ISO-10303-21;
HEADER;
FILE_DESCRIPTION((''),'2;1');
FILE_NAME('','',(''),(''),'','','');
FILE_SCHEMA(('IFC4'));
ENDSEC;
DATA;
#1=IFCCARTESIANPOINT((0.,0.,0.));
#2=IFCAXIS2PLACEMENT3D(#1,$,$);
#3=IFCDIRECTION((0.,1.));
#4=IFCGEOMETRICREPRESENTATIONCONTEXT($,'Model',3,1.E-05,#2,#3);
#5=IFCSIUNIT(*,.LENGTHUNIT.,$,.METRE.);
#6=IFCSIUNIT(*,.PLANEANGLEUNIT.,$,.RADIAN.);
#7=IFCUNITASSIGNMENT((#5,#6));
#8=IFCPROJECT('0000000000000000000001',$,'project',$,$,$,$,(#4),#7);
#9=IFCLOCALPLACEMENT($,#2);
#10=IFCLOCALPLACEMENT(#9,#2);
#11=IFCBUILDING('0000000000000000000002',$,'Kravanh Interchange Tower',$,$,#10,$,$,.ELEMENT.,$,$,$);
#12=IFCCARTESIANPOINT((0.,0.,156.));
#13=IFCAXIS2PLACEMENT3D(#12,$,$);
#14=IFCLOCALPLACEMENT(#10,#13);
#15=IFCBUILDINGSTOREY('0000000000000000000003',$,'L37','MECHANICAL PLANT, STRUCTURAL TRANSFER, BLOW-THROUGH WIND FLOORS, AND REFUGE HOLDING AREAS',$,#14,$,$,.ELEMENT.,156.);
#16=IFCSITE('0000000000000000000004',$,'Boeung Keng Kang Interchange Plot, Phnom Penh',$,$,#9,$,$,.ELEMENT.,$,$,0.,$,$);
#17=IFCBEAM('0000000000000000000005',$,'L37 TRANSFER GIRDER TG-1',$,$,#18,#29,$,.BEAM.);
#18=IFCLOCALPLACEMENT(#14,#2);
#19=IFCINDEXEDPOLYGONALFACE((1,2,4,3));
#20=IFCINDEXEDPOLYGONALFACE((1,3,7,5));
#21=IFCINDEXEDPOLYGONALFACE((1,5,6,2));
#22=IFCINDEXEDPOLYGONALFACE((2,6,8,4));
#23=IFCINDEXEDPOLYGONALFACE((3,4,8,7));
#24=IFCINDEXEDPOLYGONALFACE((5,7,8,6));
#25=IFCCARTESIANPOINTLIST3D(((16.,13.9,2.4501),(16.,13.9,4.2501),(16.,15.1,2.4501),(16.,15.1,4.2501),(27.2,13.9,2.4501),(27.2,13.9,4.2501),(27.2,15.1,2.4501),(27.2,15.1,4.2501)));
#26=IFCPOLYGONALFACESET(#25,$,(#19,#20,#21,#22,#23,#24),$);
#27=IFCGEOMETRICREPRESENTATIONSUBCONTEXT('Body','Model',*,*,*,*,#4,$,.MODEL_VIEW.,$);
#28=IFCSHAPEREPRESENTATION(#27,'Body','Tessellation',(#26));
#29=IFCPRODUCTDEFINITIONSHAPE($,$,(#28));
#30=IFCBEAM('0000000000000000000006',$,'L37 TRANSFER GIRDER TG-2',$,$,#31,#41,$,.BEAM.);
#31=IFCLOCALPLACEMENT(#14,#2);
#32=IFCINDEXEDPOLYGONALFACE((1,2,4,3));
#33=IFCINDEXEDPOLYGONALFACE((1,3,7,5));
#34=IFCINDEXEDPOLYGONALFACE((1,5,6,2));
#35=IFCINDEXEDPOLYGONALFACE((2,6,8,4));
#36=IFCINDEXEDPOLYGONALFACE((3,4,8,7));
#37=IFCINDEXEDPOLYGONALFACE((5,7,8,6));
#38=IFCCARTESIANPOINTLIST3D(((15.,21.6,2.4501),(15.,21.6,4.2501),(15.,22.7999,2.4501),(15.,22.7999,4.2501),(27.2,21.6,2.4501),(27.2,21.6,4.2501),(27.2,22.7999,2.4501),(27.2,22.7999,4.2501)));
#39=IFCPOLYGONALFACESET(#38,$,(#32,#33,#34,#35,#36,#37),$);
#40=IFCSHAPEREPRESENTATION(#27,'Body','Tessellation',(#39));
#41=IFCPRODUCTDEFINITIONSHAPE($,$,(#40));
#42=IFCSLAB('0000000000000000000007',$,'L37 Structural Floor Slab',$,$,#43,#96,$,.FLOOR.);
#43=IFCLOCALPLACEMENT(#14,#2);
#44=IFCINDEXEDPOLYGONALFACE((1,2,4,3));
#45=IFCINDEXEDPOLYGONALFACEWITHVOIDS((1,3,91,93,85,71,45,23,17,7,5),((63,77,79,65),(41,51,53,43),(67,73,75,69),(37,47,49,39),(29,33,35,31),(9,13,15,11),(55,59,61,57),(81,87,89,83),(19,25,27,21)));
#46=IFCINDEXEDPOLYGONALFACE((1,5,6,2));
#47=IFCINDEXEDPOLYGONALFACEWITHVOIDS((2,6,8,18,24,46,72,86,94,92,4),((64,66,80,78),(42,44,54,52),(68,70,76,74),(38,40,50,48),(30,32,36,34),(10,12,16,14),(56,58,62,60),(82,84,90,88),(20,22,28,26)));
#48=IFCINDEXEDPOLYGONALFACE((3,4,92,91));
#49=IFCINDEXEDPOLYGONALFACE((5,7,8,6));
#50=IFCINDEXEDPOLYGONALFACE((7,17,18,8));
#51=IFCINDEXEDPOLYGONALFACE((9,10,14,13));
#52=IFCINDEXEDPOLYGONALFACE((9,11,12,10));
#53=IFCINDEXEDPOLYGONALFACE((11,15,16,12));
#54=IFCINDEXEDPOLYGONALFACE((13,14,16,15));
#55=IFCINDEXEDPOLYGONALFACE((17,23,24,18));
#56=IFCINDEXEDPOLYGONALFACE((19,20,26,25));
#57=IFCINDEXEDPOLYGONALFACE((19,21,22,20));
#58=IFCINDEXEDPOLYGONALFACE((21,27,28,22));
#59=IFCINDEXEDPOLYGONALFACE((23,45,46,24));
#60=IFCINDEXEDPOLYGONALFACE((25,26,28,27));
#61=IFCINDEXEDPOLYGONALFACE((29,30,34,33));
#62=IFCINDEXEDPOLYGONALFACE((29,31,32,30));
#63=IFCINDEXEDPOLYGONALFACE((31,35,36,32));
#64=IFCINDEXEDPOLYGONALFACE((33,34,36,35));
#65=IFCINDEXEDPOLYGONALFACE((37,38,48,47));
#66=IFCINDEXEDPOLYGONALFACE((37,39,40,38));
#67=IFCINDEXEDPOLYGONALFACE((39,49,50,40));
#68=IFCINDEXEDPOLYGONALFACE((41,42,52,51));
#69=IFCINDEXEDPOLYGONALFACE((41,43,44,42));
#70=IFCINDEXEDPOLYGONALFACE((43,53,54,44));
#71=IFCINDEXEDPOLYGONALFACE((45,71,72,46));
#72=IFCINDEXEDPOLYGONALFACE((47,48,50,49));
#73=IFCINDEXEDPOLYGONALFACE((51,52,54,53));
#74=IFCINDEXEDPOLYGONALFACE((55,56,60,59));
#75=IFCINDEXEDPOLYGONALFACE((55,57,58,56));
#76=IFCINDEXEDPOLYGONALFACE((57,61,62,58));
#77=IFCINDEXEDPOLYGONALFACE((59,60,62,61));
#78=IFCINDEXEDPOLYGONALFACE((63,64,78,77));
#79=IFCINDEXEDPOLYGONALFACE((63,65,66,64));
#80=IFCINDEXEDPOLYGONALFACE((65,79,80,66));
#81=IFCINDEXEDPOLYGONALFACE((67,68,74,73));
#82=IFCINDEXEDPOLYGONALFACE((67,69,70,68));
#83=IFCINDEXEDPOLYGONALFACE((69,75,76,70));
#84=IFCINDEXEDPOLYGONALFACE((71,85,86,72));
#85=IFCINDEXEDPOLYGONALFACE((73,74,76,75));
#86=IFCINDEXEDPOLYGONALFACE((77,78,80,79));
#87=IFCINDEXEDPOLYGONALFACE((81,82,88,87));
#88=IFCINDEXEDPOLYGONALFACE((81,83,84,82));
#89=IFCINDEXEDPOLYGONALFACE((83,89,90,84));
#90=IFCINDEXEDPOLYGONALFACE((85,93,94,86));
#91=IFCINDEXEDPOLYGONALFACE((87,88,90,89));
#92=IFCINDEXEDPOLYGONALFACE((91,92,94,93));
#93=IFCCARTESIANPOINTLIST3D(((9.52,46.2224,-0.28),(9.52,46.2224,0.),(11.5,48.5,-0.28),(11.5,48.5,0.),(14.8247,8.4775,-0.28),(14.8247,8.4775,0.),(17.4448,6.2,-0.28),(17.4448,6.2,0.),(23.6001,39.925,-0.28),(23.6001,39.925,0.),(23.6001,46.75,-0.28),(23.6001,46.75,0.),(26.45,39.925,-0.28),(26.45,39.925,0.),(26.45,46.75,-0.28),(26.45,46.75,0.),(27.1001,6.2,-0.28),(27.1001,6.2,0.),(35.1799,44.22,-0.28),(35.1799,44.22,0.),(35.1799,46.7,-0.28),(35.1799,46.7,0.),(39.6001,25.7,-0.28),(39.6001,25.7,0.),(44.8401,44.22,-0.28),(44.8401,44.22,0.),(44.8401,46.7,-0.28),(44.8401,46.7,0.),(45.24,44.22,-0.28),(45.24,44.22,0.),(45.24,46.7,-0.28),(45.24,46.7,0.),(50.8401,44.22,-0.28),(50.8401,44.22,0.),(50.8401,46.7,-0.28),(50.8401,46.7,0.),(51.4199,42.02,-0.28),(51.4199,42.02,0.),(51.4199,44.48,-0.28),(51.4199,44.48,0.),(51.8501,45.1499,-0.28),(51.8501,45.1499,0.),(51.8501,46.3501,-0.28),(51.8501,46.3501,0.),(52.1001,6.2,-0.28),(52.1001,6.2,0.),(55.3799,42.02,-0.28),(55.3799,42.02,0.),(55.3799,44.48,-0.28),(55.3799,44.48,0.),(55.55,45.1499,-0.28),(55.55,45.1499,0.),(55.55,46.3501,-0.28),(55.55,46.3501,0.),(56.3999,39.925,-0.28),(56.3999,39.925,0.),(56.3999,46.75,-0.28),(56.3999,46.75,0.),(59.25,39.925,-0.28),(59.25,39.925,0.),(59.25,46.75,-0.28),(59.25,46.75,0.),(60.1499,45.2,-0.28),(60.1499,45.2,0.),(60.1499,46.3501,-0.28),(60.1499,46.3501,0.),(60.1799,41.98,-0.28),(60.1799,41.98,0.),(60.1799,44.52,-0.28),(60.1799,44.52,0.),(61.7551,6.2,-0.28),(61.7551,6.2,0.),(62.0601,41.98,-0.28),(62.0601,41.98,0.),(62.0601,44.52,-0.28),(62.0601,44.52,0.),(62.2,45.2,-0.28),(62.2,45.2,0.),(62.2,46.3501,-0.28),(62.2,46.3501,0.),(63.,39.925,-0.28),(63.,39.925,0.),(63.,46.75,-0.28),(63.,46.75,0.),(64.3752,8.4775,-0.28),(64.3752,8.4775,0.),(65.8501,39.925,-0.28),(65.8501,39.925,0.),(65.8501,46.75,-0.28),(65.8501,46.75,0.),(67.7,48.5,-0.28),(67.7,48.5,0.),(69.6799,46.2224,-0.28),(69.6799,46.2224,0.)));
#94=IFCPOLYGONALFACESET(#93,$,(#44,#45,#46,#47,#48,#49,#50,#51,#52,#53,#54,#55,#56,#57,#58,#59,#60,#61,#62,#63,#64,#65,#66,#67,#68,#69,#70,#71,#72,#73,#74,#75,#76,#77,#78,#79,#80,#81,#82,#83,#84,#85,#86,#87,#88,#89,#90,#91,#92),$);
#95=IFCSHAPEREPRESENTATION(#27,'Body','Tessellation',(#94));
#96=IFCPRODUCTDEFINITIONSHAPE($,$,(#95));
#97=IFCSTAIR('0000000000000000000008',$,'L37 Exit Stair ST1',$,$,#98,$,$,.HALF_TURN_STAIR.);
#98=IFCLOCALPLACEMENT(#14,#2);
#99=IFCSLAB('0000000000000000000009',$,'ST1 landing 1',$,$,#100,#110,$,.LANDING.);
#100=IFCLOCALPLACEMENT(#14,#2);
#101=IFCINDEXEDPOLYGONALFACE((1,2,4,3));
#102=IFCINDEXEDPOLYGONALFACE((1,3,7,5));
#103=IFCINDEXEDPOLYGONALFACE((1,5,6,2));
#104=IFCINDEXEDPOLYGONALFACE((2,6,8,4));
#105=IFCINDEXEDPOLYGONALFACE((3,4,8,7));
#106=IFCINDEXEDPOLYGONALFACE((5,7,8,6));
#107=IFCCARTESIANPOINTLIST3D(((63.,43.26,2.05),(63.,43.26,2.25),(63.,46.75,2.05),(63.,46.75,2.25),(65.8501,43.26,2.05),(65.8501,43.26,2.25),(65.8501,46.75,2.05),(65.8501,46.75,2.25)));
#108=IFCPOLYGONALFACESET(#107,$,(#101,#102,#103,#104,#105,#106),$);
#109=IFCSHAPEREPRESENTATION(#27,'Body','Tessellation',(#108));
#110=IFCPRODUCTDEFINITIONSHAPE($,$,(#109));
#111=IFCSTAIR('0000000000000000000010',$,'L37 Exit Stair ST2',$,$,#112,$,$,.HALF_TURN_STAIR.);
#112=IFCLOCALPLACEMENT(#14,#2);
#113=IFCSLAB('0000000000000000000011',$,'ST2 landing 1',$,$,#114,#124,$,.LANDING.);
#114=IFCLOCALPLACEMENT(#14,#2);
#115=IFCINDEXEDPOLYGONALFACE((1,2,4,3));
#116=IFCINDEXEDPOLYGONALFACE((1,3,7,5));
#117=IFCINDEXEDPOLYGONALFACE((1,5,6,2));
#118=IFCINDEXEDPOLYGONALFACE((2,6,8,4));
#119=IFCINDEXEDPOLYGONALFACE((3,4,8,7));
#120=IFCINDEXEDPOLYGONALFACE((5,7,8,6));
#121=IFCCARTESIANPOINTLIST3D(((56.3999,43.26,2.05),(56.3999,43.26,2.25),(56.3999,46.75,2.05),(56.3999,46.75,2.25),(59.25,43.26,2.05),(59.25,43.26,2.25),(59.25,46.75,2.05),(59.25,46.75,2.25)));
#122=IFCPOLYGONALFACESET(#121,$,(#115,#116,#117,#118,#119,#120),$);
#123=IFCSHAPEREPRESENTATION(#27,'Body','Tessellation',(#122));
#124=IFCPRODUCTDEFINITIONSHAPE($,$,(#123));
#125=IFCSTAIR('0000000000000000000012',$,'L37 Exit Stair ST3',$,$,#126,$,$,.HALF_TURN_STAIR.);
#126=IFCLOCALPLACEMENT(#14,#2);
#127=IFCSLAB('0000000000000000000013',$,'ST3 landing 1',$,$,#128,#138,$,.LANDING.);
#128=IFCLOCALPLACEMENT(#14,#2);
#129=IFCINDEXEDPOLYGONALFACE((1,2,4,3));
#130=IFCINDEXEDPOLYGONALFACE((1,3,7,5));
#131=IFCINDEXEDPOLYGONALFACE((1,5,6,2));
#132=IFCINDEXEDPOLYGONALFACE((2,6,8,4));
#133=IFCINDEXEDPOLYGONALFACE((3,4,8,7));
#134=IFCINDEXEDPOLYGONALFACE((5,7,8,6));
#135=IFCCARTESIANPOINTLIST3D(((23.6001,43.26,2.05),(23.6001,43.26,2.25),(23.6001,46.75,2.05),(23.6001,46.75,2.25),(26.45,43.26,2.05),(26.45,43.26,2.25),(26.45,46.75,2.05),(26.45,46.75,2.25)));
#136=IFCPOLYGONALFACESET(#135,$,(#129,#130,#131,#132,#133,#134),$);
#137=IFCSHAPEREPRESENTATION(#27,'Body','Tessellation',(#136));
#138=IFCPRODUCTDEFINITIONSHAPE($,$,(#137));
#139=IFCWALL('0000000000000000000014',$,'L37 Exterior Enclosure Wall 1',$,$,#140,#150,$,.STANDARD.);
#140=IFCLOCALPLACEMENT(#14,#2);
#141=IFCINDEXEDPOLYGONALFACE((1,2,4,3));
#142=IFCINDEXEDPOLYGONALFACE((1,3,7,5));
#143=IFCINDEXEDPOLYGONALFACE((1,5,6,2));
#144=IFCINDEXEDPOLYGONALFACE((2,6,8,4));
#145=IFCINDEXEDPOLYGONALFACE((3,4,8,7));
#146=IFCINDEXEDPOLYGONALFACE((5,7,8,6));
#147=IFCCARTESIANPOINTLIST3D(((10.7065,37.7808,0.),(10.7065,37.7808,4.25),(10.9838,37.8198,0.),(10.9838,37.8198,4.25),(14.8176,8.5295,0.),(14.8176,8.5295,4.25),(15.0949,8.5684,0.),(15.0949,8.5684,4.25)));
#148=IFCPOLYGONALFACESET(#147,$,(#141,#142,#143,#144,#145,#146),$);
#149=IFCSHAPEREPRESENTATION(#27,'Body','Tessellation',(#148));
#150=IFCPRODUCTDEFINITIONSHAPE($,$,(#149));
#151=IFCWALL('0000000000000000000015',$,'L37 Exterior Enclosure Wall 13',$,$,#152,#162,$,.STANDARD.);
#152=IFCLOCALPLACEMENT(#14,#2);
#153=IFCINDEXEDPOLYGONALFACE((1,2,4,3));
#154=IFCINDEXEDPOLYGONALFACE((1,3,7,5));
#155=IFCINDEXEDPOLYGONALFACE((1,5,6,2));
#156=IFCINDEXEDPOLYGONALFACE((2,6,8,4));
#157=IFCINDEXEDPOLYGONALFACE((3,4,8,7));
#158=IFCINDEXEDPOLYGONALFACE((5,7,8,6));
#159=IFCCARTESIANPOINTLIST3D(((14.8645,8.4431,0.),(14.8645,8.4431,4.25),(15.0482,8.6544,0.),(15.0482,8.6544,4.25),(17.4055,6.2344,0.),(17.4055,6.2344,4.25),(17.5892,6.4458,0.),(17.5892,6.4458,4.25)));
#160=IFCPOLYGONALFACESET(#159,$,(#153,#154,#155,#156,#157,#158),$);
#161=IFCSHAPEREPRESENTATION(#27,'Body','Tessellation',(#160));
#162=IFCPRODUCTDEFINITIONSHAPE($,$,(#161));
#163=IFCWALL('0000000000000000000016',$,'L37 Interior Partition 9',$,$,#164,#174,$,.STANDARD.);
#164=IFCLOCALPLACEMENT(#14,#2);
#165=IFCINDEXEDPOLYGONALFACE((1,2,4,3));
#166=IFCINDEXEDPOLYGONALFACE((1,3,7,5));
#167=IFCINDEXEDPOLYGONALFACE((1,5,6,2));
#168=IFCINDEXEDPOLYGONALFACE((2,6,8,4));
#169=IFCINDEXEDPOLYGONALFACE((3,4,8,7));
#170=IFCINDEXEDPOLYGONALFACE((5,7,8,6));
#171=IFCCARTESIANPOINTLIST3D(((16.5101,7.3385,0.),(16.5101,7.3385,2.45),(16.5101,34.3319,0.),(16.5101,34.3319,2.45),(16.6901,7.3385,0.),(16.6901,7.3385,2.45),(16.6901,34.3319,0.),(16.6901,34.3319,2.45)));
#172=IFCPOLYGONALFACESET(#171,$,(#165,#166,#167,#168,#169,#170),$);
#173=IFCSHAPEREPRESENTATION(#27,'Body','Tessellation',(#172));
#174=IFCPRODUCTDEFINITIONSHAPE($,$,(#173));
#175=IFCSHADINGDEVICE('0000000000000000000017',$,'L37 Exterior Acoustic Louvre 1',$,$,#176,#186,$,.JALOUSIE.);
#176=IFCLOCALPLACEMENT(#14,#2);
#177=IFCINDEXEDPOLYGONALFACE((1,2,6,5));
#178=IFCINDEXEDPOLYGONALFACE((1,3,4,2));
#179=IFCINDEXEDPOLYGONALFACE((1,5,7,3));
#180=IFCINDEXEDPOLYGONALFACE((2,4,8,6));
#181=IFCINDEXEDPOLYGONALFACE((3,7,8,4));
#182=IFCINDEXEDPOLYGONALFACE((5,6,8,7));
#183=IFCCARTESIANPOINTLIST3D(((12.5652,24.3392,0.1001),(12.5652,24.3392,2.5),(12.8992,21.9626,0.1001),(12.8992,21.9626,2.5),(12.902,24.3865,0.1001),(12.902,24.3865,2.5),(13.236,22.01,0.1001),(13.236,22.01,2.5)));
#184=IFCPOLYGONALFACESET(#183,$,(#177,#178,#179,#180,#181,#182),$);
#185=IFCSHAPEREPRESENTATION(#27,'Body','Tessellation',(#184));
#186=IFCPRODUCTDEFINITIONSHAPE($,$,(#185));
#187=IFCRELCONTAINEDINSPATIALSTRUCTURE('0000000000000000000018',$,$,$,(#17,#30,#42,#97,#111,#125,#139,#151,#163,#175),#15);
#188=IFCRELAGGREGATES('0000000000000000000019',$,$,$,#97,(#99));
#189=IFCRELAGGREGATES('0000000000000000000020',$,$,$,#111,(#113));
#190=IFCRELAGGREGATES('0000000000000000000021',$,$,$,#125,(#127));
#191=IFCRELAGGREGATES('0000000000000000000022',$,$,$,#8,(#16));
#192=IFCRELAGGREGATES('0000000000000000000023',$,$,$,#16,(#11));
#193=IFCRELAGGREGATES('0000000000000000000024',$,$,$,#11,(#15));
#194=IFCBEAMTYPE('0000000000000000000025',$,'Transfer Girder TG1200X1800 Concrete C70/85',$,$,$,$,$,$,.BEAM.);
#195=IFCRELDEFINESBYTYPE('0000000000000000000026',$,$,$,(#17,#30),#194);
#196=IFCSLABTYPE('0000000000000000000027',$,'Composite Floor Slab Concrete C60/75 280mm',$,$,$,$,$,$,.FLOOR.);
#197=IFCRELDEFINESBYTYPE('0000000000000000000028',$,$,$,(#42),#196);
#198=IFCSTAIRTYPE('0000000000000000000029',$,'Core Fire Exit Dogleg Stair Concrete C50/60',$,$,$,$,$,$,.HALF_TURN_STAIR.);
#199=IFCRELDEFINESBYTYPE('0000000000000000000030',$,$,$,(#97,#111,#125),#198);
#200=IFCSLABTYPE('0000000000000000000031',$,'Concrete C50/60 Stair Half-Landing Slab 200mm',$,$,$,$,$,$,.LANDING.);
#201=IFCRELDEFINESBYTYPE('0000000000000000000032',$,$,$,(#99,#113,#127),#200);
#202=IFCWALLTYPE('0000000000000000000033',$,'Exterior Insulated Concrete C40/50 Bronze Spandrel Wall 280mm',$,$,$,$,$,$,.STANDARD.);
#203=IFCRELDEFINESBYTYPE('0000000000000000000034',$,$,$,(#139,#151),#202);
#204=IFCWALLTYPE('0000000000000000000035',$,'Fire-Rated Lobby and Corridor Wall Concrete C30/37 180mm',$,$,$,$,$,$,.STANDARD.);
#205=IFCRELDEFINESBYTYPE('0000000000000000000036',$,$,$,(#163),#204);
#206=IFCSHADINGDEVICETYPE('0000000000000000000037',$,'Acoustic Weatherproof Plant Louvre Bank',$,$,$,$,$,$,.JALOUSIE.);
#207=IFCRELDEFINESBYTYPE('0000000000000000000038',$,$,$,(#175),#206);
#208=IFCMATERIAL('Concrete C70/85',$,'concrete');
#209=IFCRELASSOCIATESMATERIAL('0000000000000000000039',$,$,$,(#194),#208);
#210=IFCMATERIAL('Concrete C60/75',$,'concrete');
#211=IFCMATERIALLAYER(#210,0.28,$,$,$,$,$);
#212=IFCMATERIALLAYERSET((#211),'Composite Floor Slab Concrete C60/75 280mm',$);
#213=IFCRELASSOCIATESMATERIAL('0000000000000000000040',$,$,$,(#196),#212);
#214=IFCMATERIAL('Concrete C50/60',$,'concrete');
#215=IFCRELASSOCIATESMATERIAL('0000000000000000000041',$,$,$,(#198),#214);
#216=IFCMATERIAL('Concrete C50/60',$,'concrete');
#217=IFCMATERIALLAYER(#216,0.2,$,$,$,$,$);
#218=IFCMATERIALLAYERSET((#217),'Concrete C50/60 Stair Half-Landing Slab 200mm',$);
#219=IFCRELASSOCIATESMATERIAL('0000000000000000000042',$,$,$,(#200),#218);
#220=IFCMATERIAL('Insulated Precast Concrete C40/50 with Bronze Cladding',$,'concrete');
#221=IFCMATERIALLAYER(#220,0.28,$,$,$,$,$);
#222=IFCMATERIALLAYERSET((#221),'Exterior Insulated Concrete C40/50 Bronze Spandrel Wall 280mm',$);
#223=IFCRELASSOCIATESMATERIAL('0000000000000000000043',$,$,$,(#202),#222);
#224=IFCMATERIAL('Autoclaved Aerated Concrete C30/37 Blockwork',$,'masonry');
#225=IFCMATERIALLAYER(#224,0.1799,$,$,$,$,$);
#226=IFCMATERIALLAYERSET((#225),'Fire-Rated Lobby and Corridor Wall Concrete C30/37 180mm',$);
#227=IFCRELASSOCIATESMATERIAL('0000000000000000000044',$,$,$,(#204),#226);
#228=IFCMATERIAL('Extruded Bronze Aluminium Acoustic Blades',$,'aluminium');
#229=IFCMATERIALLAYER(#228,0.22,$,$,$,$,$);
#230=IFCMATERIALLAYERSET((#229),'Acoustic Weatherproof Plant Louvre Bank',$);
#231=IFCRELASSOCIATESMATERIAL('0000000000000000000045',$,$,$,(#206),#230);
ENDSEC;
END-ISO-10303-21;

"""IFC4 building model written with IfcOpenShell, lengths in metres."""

from ifc_helpers import new_model, si_unit, direction, frame, frame_2d, origin, origin_2d, place, context, subcontext, project, spatial, polyline, rectangle, outline, extrude, material, layer, layer_set, material_profile, profile_set, type_object, element, aggregate, save


model = new_model("IFC4")

# Units and contexts
model_context = context("Model", 3, precision=1e-05, world=origin(), true_north=direction((0.0, 1.0)))
body_context = subcontext(model_context, "Body", "Model", "MODEL_VIEW")
ifc_project = project(units=[si_unit("LENGTHUNIT", "METRE"), si_unit("PLANEANGLEUNIT", "RADIAN")], contexts=[model_context])

# Site, building, storey
site_placement = place(None, origin())
site = spatial("IfcSite", under=ifc_project, at=site_placement, Name="Boeung Keng Kang Interchange Plot, Phnom Penh", CompositionType="ELEMENT", RefElevation=0.0)
building_placement = place(site_placement, origin())
building = spatial("IfcBuilding", under=site, at=building_placement, Name="Kravanh Interchange Tower", CompositionType="ELEMENT")
storey_placement = place(building_placement, frame((0.0, 0.0, 156.0)))
storey = spatial("IfcBuildingStorey", under=building, at=storey_placement, Name="L37", Description="MECHANICAL PLANT, STRUCTURAL TRANSFER, BLOW-THROUGH WIND FLOORS, AND REFUGE HOLDING AREAS", CompositionType="ELEMENT", Elevation=156.0)

# Beams
ifc_material_1 = material(Name="Concrete C70/85", Category="concrete")
ifc_material_profile_1 = material_profile(ifc_material_1, rectangle(XDim=1.2, YDim=1.8, at=origin_2d()), Name="TG1200X1800")
ifc_profile_set_1 = profile_set([ifc_material_profile_1], Name="Concrete C70/85")
beam_type_1 = type_object("IfcBeamType", Name="Transfer Girder TG1200X1800 Concrete C70/85", PredefinedType="BEAM", material=ifc_profile_set_1)
beam_1_placement = place(storey_placement, frame((16.0, 14.5, 3.3501), z_axis=(1.0, 0.0, 0.0), x_axis=(0.0, 1.0, 0.0)))
element("IfcBeam", 1, at=beam_1_placement, inside=storey, type_object=beam_type_1, Name="L37 TRANSFER GIRDER TG-1", PredefinedType="BEAM", context=body_context, shape_type="SweptSolid", body=[
    extrude(rectangle(XDim=1.2, YDim=1.8, at=origin_2d()), origin(), (0.0, 0.0, 1.0), 11.2),
])
beam_2_placement = place(storey_placement, frame((15.0, 22.2, 3.3501), z_axis=(1.0, 0.0, 0.0), x_axis=(0.0, 1.0, 0.0)))
element("IfcBeam", 2, at=beam_2_placement, inside=storey, type_object=beam_type_1, Name="L37 TRANSFER GIRDER TG-2", PredefinedType="BEAM", context=body_context, shape_type="SweptSolid", body=[
    extrude(rectangle(XDim=1.2, YDim=1.8, at=origin_2d()), origin(), (0.0, 0.0, 1.0), 12.2),
])

# Slab
ifc_material_2 = material(Name="Concrete C60/75", Category="concrete")
ifc_layer_1 = layer(ifc_material_2, 0.28)
ifc_layer_set_1 = layer_set([ifc_layer_1], Name="Composite Floor Slab Concrete C60/75 280mm")
slab_type_1 = type_object("IfcSlabType", Name="Composite Floor Slab Concrete C60/75 280mm", PredefinedType="FLOOR", material=ifc_layer_set_1)
slab_1_placement = place(storey_placement, frame((0.0, 0.0, -0.28)))
element("IfcSlab", 3, at=slab_1_placement, inside=storey, type_object=slab_type_1, Name="L37 Structural Floor Slab", PredefinedType="FLOOR", context=body_context, shape_type="SweptSolid", body=[
    extrude(outline(polyline([(14.8247, 8.4775), (17.4448, 6.2), (27.1001, 6.2), (39.6001, 25.7), (52.1001, 6.2), (61.7551, 6.2), (64.3752, 8.4775), (69.6799, 46.2224), (67.7, 48.5), (11.5, 48.5), (9.52, 46.2224), (14.8247, 8.4775)]), holes=[polyline([(65.8501, 39.925), (65.8501, 46.75), (63.0, 46.75), (63.0, 39.925), (65.8501, 39.925)]), polyline([(59.25, 39.925), (59.25, 46.75), (56.3999, 46.75), (56.3999, 39.925), (59.25, 39.925)]), polyline([(26.45, 39.925), (26.45, 46.75), (23.6001, 46.75), (23.6001, 39.925), (26.45, 39.925)]), polyline([(35.1799, 44.22), (44.8401, 44.22), (44.8401, 46.7), (35.1799, 46.7), (35.1799, 44.22)]), polyline([(45.24, 44.22), (50.8401, 44.22), (50.8401, 46.7), (45.24, 46.7), (45.24, 44.22)]), polyline([(51.4199, 42.02), (55.3799, 42.02), (55.3799, 44.48), (51.4199, 44.48), (51.4199, 42.02)]), polyline([(60.1799, 41.98), (62.0601, 41.98), (62.0601, 44.52), (60.1799, 44.52), (60.1799, 41.98)]), polyline([(60.1499, 45.2), (62.2, 45.2), (62.2, 46.3501), (60.1499, 46.3501), (60.1499, 45.2)]), polyline([(51.8501, 45.1499), (55.55, 45.1499), (55.55, 46.3501), (51.8501, 46.3501), (51.8501, 45.1499)])]), origin(), (0.0, 0.0, 1.0), 0.28),
])

# Stairs, slabs
ifc_material_3 = material(Name="Concrete C50/60", Category="concrete")
stair_type = type_object("IfcStairType", Name="Core Fire Exit Dogleg Stair Concrete C50/60", PredefinedType="HALF_TURN_STAIR", material=ifc_material_3)
stair_1_placement = place(storey_placement, origin())
stair_1 = element("IfcStair", 4, at=stair_1_placement, inside=storey, type_object=stair_type, Name="L37 Exit Stair ST1", PredefinedType="HALF_TURN_STAIR")
ifc_material_4 = material(Name="Concrete C50/60", Category="concrete")
ifc_layer_2 = layer(ifc_material_4, 0.2)
ifc_layer_set_2 = layer_set([ifc_layer_2], Name="Concrete C50/60 Stair Half-Landing Slab 200mm")
slab_type_2 = type_object("IfcSlabType", Name="Concrete C50/60 Stair Half-Landing Slab 200mm", PredefinedType="LANDING", material=ifc_layer_set_2)
slab_2_placement = place(storey_placement, frame((0.0, 0.0, 2.05)))
slab_2 = element("IfcSlab", 5, at=slab_2_placement, type_object=slab_type_2, Name="ST1 landing 1", PredefinedType="LANDING", context=body_context, shape_type="SweptSolid", body=[
    extrude(outline(polyline([(65.8501, 43.26), (65.8501, 46.75), (63.0, 46.75), (63.0, 43.26), (65.8501, 43.26)])), origin(), (0.0, 0.0, 1.0), 0.2),
])
aggregate(stair_1, [slab_2])
stair_2_placement = place(storey_placement, origin())
stair_2 = element("IfcStair", 6, at=stair_2_placement, inside=storey, type_object=stair_type, Name="L37 Exit Stair ST2", PredefinedType="HALF_TURN_STAIR")
slab_3_placement = place(storey_placement, frame((0.0, 0.0, 2.05)))
slab_3 = element("IfcSlab", 7, at=slab_3_placement, type_object=slab_type_2, Name="ST2 landing 1", PredefinedType="LANDING", context=body_context, shape_type="SweptSolid", body=[
    extrude(outline(polyline([(59.25, 43.26), (59.25, 46.75), (56.3999, 46.75), (56.3999, 43.26), (59.25, 43.26)])), origin(), (0.0, 0.0, 1.0), 0.2),
])
aggregate(stair_2, [slab_3])
stair_3_placement = place(storey_placement, origin())
stair_3 = element("IfcStair", 8, at=stair_3_placement, inside=storey, type_object=stair_type, Name="L37 Exit Stair ST3", PredefinedType="HALF_TURN_STAIR")
slab_4_placement = place(storey_placement, frame((0.0, 0.0, 2.05)))
slab_4 = element("IfcSlab", 9, at=slab_4_placement, type_object=slab_type_2, Name="ST3 landing 1", PredefinedType="LANDING", context=body_context, shape_type="SweptSolid", body=[
    extrude(outline(polyline([(26.45, 43.26), (26.45, 46.75), (23.6001, 46.75), (23.6001, 43.26), (26.45, 43.26)])), origin(), (0.0, 0.0, 1.0), 0.2),
])
aggregate(stair_3, [slab_4])

# Walls
ifc_material_5 = material(Name="Insulated Precast Concrete C40/50 with Bronze Cladding", Category="concrete")
ifc_layer_3 = layer(ifc_material_5, 0.28)
ifc_layer_set_3 = layer_set([ifc_layer_3], Name="Exterior Insulated Concrete C40/50 Bronze Spandrel Wall 280mm")
wall_type_1 = type_object("IfcWallType", Name="Exterior Insulated Concrete C40/50 Bronze Spandrel Wall 280mm", PredefinedType="STANDARD", material=ifc_layer_set_3)
wall_1_placement = place(storey_placement, frame((14.9563, 8.5488, 0.0), z_axis=(0.0, 0.0, 1.0), x_axis=(-0.139176, 0.990268, 0.0)))
element("IfcWall", 10, at=wall_1_placement, inside=storey, type_object=wall_type_1, Name="L37 Exterior Enclosure Wall 1", PredefinedType="STANDARD", context=body_context, shape_type="SweptSolid", body=[
    extrude(rectangle(XDim=29.5388, YDim=0.28, at=frame_2d((14.7695, 0.0))), origin(), (0.0, 0.0, 1.0), 4.25),
])
wall_2_placement = place(storey_placement, frame((17.4973, 6.3401, 0.0), z_axis=(0.0, 0.0, 1.0), x_axis=(-0.754729, 0.656037, 0.0)))
element("IfcWall", 11, at=wall_2_placement, inside=storey, type_object=wall_type_1, Name="L37 Exterior Enclosure Wall 13", PredefinedType="STANDARD", context=body_context, shape_type="SweptSolid", body=[
    extrude(rectangle(XDim=3.3667, YDim=0.28, at=frame_2d((1.6833, 0.0))), origin(), (0.0, 0.0, 1.0), 4.25),
])
ifc_material_6 = material(Name="Autoclaved Aerated Concrete C30/37 Blockwork", Category="masonry")
ifc_layer_4 = layer(ifc_material_6, 0.1799)
ifc_layer_set_4 = layer_set([ifc_layer_4], Name="Fire-Rated Lobby and Corridor Wall Concrete C30/37 180mm")
wall_type_2 = type_object("IfcWallType", Name="Fire-Rated Lobby and Corridor Wall Concrete C30/37 180mm", PredefinedType="STANDARD", material=ifc_layer_set_4)
wall_3_placement = place(storey_placement, frame((16.6001, 7.3386, 0.0), z_axis=(0.0, 0.0, 1.0), x_axis=(0.0, 1.0, 0.0)))
element("IfcWall", 12, at=wall_3_placement, inside=storey, type_object=wall_type_2, Name="L37 Interior Partition 9", PredefinedType="STANDARD", context=body_context, shape_type="SweptSolid", body=[
    extrude(rectangle(XDim=26.9934, YDim=0.1799, at=frame_2d((13.4966, 0.0))), origin(), (0.0, 0.0, 1.0), 2.45),
])

# Shading device
ifc_material_7 = material(Name="Extruded Bronze Aluminium Acoustic Blades", Category="aluminium")
ifc_layer_5 = layer(ifc_material_7, 0.22)
ifc_layer_set_5 = layer_set([ifc_layer_5], Name="Acoustic Weatherproof Plant Louvre Bank")
shading_device_type = type_object("IfcShadingDeviceType", Name="Acoustic Weatherproof Plant Louvre Bank", PredefinedType="JALOUSIE", material=ifc_layer_set_5)
shading_device_placement = place(storey_placement, frame((12.9006, 23.1746, 0.1001), z_axis=(0.0, 0.0, 1.0), x_axis=(-0.139173, 0.990268, 0.0)))
element("IfcShadingDevice", 13, at=shading_device_placement, inside=storey, type_object=shading_device_type, Name="L37 Exterior Acoustic Louvre 1", PredefinedType="JALOUSIE", context=body_context, shape_type="SweptSolid", body=[
    extrude(rectangle(XDim=2.3999, YDim=0.3401, at=origin_2d()), origin(), (0.0, 0.0, 1.0), 2.3999),
])

save(model, "model.ifc")
